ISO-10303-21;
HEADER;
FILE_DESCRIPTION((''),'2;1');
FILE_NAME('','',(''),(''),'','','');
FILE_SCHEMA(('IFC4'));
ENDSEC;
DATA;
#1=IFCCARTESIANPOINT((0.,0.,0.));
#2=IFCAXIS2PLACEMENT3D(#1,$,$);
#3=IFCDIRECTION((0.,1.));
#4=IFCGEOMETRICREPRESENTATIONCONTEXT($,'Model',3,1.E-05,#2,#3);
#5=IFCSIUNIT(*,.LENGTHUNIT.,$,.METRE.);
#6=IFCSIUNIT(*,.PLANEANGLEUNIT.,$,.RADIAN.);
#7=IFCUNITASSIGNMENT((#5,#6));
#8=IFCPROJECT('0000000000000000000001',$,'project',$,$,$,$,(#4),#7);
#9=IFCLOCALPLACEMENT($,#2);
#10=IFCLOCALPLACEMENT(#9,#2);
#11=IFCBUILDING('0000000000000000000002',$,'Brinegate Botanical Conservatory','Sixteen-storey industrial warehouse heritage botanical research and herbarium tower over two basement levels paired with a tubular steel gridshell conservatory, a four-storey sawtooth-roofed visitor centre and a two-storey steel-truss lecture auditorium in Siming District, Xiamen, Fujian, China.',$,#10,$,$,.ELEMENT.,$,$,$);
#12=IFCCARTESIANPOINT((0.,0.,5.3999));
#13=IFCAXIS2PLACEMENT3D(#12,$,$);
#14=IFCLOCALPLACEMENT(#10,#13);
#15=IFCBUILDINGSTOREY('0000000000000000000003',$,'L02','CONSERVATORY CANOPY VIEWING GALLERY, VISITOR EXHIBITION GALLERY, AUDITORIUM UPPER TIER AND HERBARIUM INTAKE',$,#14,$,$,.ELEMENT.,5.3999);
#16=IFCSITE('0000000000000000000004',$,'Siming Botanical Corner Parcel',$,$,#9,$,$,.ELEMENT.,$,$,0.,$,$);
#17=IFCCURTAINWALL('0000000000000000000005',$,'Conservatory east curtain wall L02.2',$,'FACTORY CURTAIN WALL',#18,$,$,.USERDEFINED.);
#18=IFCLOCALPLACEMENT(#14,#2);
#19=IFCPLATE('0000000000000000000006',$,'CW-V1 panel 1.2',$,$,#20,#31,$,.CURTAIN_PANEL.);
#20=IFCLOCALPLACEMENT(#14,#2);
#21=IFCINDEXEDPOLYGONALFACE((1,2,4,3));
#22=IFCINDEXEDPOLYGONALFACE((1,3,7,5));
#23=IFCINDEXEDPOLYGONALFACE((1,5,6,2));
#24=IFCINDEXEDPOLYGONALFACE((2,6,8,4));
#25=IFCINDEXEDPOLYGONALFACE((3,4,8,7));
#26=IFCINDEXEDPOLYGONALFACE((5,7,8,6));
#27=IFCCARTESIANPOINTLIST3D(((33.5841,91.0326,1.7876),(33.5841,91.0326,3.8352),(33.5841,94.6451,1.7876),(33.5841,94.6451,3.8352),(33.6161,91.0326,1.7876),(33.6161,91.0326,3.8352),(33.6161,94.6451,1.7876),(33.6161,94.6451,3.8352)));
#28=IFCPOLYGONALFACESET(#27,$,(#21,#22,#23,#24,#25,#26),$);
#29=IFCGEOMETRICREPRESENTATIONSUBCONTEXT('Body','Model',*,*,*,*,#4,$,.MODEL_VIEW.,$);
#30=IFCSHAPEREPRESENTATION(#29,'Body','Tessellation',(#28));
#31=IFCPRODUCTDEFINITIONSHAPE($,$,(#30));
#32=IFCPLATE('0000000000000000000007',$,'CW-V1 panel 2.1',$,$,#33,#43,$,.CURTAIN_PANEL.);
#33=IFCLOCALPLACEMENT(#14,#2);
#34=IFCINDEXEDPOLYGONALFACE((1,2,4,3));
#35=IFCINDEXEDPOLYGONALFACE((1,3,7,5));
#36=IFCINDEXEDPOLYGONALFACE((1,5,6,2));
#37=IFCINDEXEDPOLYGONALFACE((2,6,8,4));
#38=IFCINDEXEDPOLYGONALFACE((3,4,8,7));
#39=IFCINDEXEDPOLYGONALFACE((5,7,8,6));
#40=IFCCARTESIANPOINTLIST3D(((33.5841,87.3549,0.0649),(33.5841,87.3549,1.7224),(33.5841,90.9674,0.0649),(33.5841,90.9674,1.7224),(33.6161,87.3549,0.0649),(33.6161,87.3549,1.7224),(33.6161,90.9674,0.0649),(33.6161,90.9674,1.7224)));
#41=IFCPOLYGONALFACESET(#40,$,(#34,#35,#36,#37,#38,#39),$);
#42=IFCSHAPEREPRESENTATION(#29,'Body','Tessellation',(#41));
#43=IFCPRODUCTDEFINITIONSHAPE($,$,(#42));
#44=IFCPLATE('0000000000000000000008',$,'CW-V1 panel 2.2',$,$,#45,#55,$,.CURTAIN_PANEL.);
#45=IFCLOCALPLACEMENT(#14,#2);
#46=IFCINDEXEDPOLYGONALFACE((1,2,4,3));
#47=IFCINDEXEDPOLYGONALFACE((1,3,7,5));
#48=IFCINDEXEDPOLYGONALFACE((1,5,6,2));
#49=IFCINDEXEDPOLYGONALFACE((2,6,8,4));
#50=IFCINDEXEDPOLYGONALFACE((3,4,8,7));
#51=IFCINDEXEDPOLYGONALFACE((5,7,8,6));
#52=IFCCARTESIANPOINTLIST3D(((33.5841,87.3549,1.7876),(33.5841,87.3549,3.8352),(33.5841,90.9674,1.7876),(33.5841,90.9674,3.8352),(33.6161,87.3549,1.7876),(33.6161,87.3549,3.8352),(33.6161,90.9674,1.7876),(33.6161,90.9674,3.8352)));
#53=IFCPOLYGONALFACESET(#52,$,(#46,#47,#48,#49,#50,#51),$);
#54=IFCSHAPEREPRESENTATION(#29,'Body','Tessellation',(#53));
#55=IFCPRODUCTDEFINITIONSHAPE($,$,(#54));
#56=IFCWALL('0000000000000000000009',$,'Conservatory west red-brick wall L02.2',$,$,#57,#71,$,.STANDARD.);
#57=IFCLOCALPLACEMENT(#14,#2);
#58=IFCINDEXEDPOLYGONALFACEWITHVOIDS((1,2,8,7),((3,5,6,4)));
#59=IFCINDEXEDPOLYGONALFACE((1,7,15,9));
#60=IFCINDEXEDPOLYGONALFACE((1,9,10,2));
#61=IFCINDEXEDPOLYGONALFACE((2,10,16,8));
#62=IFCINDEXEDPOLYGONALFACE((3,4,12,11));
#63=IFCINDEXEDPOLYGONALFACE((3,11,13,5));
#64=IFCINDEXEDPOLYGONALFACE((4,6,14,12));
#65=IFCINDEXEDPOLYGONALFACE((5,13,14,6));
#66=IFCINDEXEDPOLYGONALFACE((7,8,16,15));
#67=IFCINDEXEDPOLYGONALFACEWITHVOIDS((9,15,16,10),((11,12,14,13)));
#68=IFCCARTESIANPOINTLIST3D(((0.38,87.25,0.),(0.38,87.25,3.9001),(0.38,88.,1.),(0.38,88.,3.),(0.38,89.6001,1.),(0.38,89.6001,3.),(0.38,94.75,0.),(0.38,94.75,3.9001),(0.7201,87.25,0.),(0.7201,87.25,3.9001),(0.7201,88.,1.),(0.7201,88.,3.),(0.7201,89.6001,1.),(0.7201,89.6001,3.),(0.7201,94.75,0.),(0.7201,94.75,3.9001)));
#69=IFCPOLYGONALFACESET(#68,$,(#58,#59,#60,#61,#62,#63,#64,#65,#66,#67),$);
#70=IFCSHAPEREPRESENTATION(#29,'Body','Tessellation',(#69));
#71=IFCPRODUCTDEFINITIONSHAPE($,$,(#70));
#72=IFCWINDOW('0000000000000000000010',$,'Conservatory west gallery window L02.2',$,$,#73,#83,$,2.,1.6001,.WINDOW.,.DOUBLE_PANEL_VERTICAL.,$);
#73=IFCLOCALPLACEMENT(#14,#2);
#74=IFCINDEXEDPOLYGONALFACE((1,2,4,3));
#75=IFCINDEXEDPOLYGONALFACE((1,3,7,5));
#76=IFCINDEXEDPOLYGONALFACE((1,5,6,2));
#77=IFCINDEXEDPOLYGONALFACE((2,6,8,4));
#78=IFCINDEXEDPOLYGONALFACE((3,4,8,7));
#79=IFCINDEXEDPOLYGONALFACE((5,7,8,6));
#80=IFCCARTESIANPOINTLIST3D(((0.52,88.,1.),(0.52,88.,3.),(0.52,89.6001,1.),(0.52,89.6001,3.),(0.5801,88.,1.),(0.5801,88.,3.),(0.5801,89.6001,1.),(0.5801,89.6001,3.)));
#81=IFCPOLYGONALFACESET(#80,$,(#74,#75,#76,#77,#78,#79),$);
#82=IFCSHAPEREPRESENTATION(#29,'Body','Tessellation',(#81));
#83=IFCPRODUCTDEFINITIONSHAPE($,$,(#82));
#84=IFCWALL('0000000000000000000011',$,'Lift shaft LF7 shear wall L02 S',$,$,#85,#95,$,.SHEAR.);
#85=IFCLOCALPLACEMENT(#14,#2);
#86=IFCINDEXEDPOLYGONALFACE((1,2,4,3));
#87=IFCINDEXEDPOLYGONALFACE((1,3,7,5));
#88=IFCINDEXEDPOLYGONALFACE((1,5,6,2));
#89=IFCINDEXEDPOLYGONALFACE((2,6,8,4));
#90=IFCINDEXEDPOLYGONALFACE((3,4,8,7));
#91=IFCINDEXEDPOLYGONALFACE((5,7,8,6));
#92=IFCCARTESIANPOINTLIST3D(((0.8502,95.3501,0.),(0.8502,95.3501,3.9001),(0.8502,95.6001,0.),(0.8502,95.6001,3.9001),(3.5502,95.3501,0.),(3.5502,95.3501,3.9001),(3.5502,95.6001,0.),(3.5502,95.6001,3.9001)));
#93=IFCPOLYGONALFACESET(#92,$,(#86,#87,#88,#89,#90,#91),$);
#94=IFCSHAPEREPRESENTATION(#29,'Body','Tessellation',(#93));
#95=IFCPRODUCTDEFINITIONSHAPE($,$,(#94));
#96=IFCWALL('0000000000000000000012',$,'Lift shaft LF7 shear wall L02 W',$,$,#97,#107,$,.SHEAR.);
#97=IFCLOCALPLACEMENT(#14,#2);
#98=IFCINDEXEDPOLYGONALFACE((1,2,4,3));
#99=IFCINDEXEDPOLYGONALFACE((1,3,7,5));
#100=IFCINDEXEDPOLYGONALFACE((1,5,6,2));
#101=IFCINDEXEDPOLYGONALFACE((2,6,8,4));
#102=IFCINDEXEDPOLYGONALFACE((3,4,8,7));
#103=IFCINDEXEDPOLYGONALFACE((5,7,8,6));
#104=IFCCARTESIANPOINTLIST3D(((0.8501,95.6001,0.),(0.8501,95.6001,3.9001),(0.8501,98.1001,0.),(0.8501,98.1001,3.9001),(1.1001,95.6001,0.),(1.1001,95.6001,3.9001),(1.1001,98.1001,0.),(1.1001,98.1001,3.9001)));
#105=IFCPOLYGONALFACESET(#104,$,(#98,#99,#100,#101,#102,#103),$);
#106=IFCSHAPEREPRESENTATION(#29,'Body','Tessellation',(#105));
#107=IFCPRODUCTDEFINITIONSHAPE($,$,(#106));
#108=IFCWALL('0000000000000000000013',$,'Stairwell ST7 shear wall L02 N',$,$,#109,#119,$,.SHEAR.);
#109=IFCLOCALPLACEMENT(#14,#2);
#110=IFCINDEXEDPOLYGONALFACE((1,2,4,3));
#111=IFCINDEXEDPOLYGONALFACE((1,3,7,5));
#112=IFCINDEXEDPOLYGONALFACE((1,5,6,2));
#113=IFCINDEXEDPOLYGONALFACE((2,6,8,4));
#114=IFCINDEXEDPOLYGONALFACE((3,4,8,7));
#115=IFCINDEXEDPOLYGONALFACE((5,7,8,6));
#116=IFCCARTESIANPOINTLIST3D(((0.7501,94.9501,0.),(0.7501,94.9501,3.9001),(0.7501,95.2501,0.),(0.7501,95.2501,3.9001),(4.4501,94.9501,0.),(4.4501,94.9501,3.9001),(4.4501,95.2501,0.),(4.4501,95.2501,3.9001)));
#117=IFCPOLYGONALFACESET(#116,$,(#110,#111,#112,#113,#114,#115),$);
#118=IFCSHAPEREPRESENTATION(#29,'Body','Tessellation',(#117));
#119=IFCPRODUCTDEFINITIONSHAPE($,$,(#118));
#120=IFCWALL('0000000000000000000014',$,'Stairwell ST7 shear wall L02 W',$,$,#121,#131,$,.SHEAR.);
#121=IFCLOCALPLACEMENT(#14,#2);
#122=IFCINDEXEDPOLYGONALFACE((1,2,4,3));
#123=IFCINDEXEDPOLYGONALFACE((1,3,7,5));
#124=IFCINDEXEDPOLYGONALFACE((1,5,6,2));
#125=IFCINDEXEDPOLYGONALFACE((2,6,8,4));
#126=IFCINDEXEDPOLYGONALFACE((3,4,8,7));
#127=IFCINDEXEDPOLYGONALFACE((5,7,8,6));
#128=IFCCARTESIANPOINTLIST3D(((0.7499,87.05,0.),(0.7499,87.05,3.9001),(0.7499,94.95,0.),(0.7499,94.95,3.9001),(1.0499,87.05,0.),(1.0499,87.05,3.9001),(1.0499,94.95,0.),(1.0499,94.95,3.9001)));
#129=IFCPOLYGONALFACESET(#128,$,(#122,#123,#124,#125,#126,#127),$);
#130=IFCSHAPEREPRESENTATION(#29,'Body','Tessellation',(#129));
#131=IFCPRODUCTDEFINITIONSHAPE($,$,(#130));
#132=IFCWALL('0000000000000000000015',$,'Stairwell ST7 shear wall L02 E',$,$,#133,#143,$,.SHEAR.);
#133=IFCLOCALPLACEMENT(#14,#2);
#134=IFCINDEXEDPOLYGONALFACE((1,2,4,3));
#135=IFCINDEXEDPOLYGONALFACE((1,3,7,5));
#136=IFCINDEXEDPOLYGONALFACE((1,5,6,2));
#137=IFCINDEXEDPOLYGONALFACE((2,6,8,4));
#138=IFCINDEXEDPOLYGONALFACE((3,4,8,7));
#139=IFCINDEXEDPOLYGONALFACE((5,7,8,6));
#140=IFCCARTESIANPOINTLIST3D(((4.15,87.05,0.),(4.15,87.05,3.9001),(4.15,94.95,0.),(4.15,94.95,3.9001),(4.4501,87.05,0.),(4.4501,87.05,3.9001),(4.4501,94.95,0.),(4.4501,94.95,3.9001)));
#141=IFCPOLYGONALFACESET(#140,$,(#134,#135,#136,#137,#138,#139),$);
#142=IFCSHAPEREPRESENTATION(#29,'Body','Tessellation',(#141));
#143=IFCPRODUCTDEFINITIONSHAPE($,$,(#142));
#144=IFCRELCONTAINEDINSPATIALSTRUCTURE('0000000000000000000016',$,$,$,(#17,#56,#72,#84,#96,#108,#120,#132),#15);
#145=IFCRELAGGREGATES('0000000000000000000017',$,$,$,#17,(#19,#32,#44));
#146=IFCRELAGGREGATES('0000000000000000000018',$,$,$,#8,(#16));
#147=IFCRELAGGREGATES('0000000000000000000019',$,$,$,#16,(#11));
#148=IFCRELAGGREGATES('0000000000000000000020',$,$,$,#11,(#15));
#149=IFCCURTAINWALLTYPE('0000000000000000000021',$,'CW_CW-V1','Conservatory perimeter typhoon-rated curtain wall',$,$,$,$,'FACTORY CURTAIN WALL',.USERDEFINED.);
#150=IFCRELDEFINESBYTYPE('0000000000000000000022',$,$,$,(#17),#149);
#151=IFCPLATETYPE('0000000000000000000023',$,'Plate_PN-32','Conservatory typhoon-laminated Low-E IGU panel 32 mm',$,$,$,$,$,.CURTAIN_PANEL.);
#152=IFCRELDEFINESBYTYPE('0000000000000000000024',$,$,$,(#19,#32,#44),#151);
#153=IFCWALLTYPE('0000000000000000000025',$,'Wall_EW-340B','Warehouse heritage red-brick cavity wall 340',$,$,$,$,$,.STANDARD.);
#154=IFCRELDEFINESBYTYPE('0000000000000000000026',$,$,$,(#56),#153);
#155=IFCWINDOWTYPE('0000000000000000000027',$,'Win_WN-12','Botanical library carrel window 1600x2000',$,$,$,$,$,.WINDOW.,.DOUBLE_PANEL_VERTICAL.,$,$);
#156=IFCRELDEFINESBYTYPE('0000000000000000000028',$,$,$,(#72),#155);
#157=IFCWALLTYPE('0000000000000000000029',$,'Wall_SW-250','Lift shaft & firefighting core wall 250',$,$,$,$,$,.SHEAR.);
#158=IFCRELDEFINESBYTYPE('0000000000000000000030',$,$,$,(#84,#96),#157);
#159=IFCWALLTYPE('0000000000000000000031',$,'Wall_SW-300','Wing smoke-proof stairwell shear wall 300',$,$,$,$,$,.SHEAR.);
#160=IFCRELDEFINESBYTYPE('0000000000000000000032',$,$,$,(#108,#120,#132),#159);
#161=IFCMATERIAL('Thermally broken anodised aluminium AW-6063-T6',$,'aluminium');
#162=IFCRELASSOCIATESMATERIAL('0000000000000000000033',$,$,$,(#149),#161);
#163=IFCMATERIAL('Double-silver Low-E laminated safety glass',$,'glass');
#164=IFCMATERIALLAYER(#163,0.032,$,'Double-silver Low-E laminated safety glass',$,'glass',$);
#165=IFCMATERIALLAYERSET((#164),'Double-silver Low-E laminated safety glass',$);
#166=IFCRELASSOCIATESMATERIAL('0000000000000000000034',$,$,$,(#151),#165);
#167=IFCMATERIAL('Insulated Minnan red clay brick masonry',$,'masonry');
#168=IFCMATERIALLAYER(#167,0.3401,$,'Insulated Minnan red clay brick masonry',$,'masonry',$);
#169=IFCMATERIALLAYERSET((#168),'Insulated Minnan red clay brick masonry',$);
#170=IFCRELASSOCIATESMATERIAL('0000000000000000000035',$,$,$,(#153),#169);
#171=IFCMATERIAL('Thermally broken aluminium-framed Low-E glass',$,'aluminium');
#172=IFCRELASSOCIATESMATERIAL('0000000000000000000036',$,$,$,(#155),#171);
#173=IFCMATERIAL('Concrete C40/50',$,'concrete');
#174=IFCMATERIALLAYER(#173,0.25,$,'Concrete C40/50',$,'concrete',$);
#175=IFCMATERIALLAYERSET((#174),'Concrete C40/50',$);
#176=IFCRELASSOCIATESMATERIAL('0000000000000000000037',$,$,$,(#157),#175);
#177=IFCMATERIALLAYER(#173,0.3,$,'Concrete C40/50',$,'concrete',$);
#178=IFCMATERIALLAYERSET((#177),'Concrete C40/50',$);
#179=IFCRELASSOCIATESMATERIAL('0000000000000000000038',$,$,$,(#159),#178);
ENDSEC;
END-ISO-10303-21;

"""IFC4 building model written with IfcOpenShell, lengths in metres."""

from ifc_helpers import new_model, si_unit, direction, frame, frame_2d, origin, origin_2d, place, context, subcontext, project, spatial, rectangle, extrude, material, layer, layer_set, type_object, element, fill, aggregate, save


model = new_model("IFC4")

# Units and contexts
model_context = context("Model", 3, precision=1e-05, world=origin(), true_north=direction((0.0, 1.0)))
body_context = subcontext(model_context, "Body", "Model", "MODEL_VIEW")
ifc_project = project(units=[si_unit("LENGTHUNIT", "METRE"), si_unit("PLANEANGLEUNIT", "RADIAN")], contexts=[model_context])

# Site, building, storey
site_placement = place(None, origin())
site = spatial("IfcSite", under=ifc_project, at=site_placement, Name="Siming Botanical Corner Parcel", CompositionType="ELEMENT", RefElevation=0.0)
building_placement = place(site_placement, origin())
building = spatial("IfcBuilding", under=site, at=building_placement, Name="Brinegate Botanical Conservatory", Description="Sixteen-storey industrial warehouse heritage botanical research and herbarium tower over two basement levels paired with a tubular steel gridshell conservatory, a four-storey sawtooth-roofed visitor centre and a two-storey steel-truss lecture auditorium in Siming District, Xiamen, Fujian, China.", CompositionType="ELEMENT")
storey_placement = place(building_placement, frame((0.0, 0.0, 5.3999)))
storey = spatial("IfcBuildingStorey", under=building, at=storey_placement, Name="L02", Description="CONSERVATORY CANOPY VIEWING GALLERY, VISITOR EXHIBITION GALLERY, AUDITORIUM UPPER TIER AND HERBARIUM INTAKE", CompositionType="ELEMENT", Elevation=5.3999)

# Shared definitions
ifc_material_1 = material(Name="Concrete C40/50", Category="concrete")

# Curtain wall, plates
ifc_material_2 = material(Name="Thermally broken anodised aluminium AW-6063-T6", Category="aluminium")
curtain_wall_type = type_object("IfcCurtainWallType", Name="CW_CW-V1", Description="Conservatory perimeter typhoon-rated curtain wall", ElementType="FACTORY CURTAIN WALL", PredefinedType="USERDEFINED", material=ifc_material_2)
curtain_wall_placement = place(storey_placement, origin())
curtain_wall = element("IfcCurtainWall", 1, at=curtain_wall_placement, inside=storey, type_object=curtain_wall_type, Name="Conservatory east curtain wall L02.2", ObjectType="FACTORY CURTAIN WALL", PredefinedType="USERDEFINED")
ifc_material_3 = material(Name="Double-silver Low-E laminated safety glass", Category="glass")
ifc_layer_1 = layer(ifc_material_3, 0.032, Name="Double-silver Low-E laminated safety glass", Category="glass")
ifc_layer_set_1 = layer_set([ifc_layer_1], Name="Double-silver Low-E laminated safety glass")
plate_type = type_object("IfcPlateType", Name="Plate_PN-32", Description="Conservatory typhoon-laminated Low-E IGU panel 32 mm", PredefinedType="CURTAIN_PANEL", material=ifc_layer_set_1)
plate_1_placement = place(storey_placement, frame((33.6001, 92.8389, 1.7876), z_axis=(0.0, 0.0, 1.0), x_axis=(0.0, -1.0, 0.0)))
plate_1 = element("IfcPlate", 2, at=plate_1_placement, type_object=plate_type, Name="CW-V1 panel 1.2", PredefinedType="CURTAIN_PANEL", context=body_context, shape_type="SweptSolid", body=[
    extrude(rectangle(XDim=3.6125, YDim=0.032, at=origin_2d()), origin(), (0.0, 0.0, 1.0), 2.0476),
])
plate_2_placement = place(storey_placement, frame((33.6001, 89.1611, 0.0649), z_axis=(0.0, 0.0, 1.0), x_axis=(0.0, -1.0, 0.0)))
plate_2 = element("IfcPlate", 3, at=plate_2_placement, type_object=plate_type, Name="CW-V1 panel 2.1", PredefinedType="CURTAIN_PANEL", context=body_context, shape_type="SweptSolid", body=[
    extrude(rectangle(XDim=3.6125, YDim=0.032, at=origin_2d()), origin(), (0.0, 0.0, 1.0), 1.6575),
])
plate_3_placement = place(storey_placement, frame((33.6001, 89.1611, 1.7876), z_axis=(0.0, 0.0, 1.0), x_axis=(0.0, -1.0, 0.0)))
plate_3 = element("IfcPlate", 4, at=plate_3_placement, type_object=plate_type, Name="CW-V1 panel 2.2", PredefinedType="CURTAIN_PANEL", context=body_context, shape_type="SweptSolid", body=[
    extrude(rectangle(XDim=3.6125, YDim=0.032, at=origin_2d()), origin(), (0.0, 0.0, 1.0), 2.0476),
])
aggregate(curtain_wall, [plate_1, plate_2, plate_3])

# Wall, opening, window
ifc_material_4 = material(Name="Insulated Minnan red clay brick masonry", Category="masonry")
ifc_layer_2 = layer(ifc_material_4, 0.3401, Name="Insulated Minnan red clay brick masonry", Category="masonry")
ifc_layer_set_2 = layer_set([ifc_layer_2], Name="Insulated Minnan red clay brick masonry")
wall_type_1 = type_object("IfcWallType", Name="Wall_EW-340B", Description="Warehouse heritage red-brick cavity wall 340", PredefinedType="STANDARD", material=ifc_layer_set_2)
wall_1_placement = place(storey_placement, frame((0.55, 87.25, 0.0), z_axis=(0.0, 0.0, 1.0), x_axis=(0.0, 1.0, 0.0)))
wall_1 = element("IfcWall", 5, at=wall_1_placement, inside=storey, type_object=wall_type_1, Name="Conservatory west red-brick wall L02.2", PredefinedType="STANDARD", context=body_context, shape_type="SweptSolid", body=[
    extrude(rectangle(XDim=7.5, YDim=0.3401, at=frame_2d((3.75, 0.0))), origin(), (0.0, 0.0, 1.0), 3.9001),
])
opening_1_placement = place(wall_1_placement, frame((0.75, 0.0, 1.0)))
opening_1 = element("IfcOpeningElement", 6, at=opening_1_placement, cuts=wall_1, PredefinedType="OPENING", context=body_context, shape_type="SweptSolid", body=[
    extrude(rectangle(XDim=1.6001, YDim=2.0, at=frame_2d((0.8, 1.0))), frame((0.0, 0.1799, 0.0), z_axis=(0.0, -1.0, 0.0), x_axis=(1.0, 0.0, 0.0)), (0.0, 0.0, 1.0), 0.3601),
])
ifc_material_5 = material(Name="Thermally broken aluminium-framed Low-E glass", Category="aluminium")
window_type = type_object("IfcWindowType", Name="Win_WN-12", Description="Botanical library carrel window 1600x2000", PartitioningType="DOUBLE_PANEL_VERTICAL", PredefinedType="WINDOW", material=ifc_material_5)
window_placement = place(opening_1_placement, origin())
window = element("IfcWindow", 7, at=window_placement, inside=storey, type_object=window_type, Name="Conservatory west gallery window L02.2", OverallHeight=2.0, OverallWidth=1.6001, PartitioningType="DOUBLE_PANEL_VERTICAL", PredefinedType="WINDOW", context=body_context, shape_type="SweptSolid", body=[
    extrude(rectangle(XDim=1.6001, YDim=2.0, at=frame_2d((0.8, 1.0))), frame((0.0, 0.03, 0.0), z_axis=(0.0, -1.0, 0.0), x_axis=(1.0, 0.0, 0.0)), (0.0, 0.0, 1.0), 0.0601),
])
fill(opening_1, window)

# Walls
ifc_layer_3 = layer(ifc_material_1, 0.25, Name="Concrete C40/50", Category="concrete")
ifc_layer_set_3 = layer_set([ifc_layer_3], Name="Concrete C40/50")
wall_type_2 = type_object("IfcWallType", Name="Wall_SW-250", Description="Lift shaft & firefighting core wall 250", PredefinedType="SHEAR", material=ifc_layer_set_3)
wall_2_placement = place(storey_placement, frame((0.8501, 95.4751, 0.0), z_axis=(0.0, 0.0, 1.0), x_axis=(1.0, 0.0, 0.0)))
element("IfcWall", 8, at=wall_2_placement, inside=storey, type_object=wall_type_2, Name="Lift shaft LF7 shear wall L02 S", PredefinedType="SHEAR", context=body_context, shape_type="SweptSolid", body=[
    extrude(rectangle(XDim=2.7, YDim=0.25, at=frame_2d((1.3501, 0.0))), origin(), (0.0, 0.0, 1.0), 3.9001),
])
wall_3_placement = place(storey_placement, frame((0.9751, 95.6001, 0.0), z_axis=(0.0, 0.0, 1.0), x_axis=(0.0, 1.0, 0.0)))
element("IfcWall", 9, at=wall_3_placement, inside=storey, type_object=wall_type_2, Name="Lift shaft LF7 shear wall L02 W", PredefinedType="SHEAR", context=body_context, shape_type="SweptSolid", body=[
    extrude(rectangle(XDim=2.5, YDim=0.25, at=frame_2d((1.25, 0.0))), origin(), (0.0, 0.0, 1.0), 3.9001),
])

# Shared definitions
ifc_layer_4 = layer(ifc_material_1, 0.3, Name="Concrete C40/50", Category="concrete")
ifc_layer_set_4 = layer_set([ifc_layer_4], Name="Concrete C40/50")
wall_type_3 = type_object("IfcWallType", Name="Wall_SW-300", Description="Wing smoke-proof stairwell shear wall 300", PredefinedType="SHEAR", material=ifc_layer_set_4)

# Walls
wall_4_placement = place(storey_placement, frame((0.75, 95.1001, 0.0), z_axis=(0.0, 0.0, 1.0), x_axis=(1.0, 0.0, 0.0)))
element("IfcWall", 10, at=wall_4_placement, inside=storey, type_object=wall_type_3, Name="Stairwell ST7 shear wall L02 N", PredefinedType="SHEAR", context=body_context, shape_type="SweptSolid", body=[
    extrude(rectangle(XDim=3.7, YDim=0.3, at=frame_2d((1.8501, 0.0))), origin(), (0.0, 0.0, 1.0), 3.9001),
])
for number, where, z_axis, x_axis, name in (
    (11, (0.8999, 87.05, 0.0), (0.0, 0.0, 1.0), (0.0, 1.0, 0.0), "Stairwell ST7 shear wall L02 W"),
    (12, (4.3, 87.05, 0.0), (0.0, 0.0, 1.0), (0.0, 1.0, 0.0), "Stairwell ST7 shear wall L02 E"),
):
    element("IfcWall", number, at=place(storey_placement, frame(where, z_axis=z_axis, x_axis=x_axis)), inside=storey, type_object=wall_type_3, Name=name, PredefinedType="SHEAR", context=body_context, shape_type="SweptSolid", body=[
        extrude(rectangle(XDim=7.8999, YDim=0.3, at=frame_2d((3.95, 0.0))), origin(), (0.0, 0.0, 1.0), 3.9001),
    ])

save(model, "model.ifc")
